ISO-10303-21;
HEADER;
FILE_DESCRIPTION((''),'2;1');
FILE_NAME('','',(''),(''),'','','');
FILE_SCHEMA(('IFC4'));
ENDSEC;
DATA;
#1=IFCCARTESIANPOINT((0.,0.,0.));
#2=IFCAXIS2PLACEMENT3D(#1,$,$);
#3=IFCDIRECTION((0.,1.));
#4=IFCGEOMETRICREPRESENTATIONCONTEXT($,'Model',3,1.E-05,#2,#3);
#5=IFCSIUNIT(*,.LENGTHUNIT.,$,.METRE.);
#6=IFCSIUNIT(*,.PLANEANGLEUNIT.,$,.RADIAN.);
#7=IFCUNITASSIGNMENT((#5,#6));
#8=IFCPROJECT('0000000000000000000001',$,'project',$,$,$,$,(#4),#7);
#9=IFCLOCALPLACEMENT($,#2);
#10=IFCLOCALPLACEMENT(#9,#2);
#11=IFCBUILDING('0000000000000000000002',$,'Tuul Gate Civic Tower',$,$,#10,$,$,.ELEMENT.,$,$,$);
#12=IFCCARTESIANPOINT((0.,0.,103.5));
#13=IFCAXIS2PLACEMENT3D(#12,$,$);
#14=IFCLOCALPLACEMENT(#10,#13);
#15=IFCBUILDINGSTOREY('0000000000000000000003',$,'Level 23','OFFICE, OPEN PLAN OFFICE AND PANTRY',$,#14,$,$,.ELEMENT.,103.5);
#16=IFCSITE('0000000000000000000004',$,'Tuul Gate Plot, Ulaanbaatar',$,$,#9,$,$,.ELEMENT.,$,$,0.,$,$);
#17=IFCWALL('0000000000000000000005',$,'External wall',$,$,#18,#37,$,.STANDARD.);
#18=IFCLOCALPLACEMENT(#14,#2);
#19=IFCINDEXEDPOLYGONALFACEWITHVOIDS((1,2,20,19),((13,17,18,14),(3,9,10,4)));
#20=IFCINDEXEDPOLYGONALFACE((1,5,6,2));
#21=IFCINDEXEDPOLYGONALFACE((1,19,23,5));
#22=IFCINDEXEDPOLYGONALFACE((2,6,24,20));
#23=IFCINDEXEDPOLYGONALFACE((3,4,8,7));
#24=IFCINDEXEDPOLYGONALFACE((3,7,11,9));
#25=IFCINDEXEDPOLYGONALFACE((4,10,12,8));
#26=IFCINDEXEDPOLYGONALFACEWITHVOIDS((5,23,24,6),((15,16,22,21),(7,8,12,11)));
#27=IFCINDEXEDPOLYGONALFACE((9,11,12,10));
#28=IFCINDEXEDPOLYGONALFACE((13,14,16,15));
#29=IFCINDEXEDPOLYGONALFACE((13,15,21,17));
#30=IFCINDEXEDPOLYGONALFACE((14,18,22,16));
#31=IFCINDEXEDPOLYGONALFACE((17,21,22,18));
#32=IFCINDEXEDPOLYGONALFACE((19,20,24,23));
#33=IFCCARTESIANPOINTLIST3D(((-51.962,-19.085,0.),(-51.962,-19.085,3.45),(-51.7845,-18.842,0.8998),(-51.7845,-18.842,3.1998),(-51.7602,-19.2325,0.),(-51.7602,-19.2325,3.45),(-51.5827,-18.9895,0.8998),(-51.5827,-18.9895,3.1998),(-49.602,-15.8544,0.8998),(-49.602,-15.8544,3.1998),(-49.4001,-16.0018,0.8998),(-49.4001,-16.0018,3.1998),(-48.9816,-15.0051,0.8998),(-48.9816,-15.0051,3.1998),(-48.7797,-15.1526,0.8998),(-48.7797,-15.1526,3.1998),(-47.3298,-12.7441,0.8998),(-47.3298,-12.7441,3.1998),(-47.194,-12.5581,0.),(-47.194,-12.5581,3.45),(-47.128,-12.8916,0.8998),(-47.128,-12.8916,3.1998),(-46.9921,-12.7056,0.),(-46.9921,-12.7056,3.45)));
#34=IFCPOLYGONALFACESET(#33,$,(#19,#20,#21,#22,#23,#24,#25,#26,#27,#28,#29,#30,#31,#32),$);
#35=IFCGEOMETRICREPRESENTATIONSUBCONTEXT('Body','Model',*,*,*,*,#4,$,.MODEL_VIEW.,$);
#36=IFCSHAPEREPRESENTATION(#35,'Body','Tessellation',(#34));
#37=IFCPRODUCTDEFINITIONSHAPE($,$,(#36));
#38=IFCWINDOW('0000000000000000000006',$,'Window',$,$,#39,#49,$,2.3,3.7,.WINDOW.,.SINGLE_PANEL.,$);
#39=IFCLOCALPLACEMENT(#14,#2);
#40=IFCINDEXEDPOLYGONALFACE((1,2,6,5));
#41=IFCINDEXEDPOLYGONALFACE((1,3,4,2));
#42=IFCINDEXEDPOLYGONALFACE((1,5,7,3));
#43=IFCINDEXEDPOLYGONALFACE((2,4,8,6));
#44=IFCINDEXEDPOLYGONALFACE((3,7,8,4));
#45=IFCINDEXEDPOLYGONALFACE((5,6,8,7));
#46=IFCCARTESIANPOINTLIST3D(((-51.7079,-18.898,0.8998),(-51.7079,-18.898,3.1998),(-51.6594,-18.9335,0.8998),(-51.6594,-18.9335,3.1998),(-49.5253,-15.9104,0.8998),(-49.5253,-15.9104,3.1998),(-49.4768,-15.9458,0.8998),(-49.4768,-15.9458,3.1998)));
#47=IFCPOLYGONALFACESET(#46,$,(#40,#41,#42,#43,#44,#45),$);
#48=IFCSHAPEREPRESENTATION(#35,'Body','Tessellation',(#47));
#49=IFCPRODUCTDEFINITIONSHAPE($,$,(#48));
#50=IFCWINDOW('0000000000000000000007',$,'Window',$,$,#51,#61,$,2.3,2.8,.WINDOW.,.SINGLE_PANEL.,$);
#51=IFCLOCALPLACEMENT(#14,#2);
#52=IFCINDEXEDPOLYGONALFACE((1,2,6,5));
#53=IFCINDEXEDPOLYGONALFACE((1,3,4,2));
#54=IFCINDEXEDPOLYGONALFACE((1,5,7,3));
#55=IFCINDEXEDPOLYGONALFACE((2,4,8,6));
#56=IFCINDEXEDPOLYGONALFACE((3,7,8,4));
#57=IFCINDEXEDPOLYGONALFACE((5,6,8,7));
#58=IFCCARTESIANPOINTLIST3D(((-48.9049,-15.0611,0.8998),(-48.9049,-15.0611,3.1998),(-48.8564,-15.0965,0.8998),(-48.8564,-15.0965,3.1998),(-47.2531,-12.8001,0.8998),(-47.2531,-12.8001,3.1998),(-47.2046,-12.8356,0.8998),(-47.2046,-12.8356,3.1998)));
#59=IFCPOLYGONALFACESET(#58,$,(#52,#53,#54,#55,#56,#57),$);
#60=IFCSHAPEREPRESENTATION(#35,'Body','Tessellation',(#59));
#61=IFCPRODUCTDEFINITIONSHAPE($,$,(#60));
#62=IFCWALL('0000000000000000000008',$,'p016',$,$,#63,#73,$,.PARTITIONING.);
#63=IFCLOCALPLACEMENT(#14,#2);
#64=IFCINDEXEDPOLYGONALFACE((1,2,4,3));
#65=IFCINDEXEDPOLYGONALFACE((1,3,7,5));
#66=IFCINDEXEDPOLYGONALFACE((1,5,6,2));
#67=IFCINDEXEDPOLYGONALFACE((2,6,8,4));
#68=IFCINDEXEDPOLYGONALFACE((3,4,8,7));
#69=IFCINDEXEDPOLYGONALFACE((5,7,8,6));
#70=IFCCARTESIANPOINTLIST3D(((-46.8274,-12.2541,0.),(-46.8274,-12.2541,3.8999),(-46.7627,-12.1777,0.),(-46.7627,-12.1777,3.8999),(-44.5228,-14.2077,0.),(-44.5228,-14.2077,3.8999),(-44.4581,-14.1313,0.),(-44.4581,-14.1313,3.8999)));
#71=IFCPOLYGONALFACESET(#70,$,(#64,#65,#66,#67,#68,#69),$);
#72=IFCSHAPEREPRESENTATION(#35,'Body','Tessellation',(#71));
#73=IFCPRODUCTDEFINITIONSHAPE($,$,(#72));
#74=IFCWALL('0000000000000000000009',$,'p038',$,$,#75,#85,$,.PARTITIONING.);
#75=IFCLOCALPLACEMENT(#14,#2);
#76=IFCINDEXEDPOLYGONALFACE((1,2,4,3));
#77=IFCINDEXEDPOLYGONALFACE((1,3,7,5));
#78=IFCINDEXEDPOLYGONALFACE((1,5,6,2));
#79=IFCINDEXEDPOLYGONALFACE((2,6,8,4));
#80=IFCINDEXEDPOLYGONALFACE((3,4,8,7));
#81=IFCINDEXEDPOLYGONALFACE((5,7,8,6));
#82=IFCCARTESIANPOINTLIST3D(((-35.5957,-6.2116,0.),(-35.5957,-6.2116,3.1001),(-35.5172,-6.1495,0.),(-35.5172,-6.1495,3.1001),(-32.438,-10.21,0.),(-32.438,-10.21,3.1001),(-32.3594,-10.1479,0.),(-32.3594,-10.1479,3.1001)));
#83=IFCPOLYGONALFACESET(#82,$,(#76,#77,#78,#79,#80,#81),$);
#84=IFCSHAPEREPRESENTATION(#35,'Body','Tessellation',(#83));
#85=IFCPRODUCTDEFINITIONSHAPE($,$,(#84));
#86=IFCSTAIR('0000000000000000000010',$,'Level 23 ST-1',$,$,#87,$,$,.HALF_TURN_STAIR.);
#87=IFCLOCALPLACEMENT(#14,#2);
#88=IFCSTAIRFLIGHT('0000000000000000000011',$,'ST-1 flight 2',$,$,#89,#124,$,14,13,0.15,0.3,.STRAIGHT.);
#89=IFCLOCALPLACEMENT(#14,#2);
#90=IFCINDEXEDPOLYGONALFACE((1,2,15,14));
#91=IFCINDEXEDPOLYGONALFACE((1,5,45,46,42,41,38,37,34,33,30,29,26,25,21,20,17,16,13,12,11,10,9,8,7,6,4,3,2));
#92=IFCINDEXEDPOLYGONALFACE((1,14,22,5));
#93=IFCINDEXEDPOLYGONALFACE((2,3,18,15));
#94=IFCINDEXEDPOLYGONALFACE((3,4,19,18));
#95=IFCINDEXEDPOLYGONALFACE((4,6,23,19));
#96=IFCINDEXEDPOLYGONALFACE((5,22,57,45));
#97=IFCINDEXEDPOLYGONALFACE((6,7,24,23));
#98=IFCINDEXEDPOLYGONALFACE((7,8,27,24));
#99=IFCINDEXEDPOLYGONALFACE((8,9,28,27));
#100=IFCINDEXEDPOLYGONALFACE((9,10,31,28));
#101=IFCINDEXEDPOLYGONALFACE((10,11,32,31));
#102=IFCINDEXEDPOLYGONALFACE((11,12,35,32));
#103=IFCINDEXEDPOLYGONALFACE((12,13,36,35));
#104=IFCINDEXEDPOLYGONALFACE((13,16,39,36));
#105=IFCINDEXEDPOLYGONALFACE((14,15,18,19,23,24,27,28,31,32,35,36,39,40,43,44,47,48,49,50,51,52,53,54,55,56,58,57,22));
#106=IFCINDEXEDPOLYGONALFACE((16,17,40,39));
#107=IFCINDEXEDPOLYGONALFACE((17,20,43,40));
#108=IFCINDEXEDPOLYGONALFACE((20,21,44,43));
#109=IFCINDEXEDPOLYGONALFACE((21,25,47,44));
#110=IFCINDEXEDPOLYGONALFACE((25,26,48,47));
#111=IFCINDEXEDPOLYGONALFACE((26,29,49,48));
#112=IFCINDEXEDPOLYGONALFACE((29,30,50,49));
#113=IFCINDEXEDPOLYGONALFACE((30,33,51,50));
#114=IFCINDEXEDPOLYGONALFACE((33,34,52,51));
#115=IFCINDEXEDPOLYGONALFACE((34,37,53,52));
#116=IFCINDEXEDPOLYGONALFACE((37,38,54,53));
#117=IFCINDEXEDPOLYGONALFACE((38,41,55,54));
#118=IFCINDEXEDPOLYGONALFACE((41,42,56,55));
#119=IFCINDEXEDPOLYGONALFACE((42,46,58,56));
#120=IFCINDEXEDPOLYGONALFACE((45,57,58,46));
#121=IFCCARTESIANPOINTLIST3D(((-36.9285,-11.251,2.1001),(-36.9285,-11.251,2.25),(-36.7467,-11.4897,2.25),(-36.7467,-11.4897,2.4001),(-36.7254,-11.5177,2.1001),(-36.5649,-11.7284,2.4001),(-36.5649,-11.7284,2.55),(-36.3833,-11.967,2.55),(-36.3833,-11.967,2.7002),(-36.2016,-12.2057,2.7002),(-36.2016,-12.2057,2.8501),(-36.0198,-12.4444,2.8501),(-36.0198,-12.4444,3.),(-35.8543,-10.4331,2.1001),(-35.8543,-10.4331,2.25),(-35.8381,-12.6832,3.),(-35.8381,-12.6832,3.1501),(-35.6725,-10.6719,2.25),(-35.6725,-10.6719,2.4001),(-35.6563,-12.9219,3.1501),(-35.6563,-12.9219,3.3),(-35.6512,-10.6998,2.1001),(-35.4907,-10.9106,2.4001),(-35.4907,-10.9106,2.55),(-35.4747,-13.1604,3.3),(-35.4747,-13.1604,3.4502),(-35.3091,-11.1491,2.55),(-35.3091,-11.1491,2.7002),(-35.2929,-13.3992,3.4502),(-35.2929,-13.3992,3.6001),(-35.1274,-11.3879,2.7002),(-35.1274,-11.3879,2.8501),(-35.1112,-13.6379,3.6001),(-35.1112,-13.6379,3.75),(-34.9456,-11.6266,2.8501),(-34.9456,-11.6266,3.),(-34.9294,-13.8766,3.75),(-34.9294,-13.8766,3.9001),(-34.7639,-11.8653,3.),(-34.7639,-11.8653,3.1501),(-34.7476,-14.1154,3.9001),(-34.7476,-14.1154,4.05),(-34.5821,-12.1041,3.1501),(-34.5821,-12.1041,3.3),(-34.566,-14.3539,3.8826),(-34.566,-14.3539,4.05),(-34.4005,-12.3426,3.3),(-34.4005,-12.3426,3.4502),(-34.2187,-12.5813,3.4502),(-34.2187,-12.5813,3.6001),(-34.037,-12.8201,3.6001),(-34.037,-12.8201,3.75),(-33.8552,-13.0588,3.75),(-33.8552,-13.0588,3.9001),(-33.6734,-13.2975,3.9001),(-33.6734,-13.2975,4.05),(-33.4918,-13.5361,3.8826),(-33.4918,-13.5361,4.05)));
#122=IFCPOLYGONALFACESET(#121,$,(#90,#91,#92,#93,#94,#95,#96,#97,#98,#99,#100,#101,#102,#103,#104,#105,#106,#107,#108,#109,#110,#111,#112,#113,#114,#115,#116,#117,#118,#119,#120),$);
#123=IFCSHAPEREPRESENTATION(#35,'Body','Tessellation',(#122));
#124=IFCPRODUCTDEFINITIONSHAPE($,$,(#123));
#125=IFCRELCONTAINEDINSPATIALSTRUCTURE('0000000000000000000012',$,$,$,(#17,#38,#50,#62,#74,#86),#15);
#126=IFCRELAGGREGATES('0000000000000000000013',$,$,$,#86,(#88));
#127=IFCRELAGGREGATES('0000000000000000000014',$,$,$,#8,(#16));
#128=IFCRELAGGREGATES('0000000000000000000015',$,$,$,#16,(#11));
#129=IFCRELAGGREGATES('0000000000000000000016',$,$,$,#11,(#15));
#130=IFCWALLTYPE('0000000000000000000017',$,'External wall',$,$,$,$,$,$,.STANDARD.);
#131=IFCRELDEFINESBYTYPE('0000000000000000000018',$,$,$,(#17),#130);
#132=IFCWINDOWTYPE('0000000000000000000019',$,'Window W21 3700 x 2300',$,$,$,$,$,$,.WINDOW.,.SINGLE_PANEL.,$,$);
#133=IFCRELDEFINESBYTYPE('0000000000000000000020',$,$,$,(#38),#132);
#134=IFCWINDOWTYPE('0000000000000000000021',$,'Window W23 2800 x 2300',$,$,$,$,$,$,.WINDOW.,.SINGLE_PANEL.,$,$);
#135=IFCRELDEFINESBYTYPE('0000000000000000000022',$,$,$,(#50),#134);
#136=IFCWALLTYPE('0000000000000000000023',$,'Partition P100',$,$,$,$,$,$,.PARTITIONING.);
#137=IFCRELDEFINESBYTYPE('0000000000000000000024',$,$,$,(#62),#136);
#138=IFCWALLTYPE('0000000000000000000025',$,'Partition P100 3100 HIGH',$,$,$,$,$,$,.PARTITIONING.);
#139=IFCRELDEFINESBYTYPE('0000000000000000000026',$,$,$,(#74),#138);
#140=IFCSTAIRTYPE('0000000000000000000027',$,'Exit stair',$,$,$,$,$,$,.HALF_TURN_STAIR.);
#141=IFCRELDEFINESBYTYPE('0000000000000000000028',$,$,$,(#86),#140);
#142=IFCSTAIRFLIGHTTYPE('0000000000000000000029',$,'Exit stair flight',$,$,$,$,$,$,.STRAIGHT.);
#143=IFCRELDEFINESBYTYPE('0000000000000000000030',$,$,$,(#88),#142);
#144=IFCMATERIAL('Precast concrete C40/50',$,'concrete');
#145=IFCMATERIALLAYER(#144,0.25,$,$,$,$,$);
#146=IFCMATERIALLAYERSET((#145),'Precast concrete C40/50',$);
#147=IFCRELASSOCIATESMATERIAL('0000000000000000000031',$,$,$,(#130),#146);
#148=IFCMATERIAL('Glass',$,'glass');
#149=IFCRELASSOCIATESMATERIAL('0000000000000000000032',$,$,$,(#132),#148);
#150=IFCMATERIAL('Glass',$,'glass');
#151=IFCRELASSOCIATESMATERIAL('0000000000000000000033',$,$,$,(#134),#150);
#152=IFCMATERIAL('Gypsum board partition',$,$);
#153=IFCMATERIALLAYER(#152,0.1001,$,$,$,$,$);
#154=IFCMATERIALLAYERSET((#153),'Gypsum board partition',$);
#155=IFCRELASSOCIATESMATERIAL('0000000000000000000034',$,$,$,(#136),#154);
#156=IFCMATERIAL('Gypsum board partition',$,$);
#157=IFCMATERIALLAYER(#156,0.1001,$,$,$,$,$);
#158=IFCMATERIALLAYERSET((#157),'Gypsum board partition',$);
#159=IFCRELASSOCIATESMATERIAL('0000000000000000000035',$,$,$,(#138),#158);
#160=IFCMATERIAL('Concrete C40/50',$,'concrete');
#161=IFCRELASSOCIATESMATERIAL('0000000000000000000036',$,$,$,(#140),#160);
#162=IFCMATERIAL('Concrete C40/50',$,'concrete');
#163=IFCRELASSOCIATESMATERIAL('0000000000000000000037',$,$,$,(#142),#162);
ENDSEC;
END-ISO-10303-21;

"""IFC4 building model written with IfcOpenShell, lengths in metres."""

from ifc_helpers import new_model, si_unit, direction, frame, frame_2d, origin, place, context, subcontext, project, spatial, polyline, rectangle, outline, extrude, material, layer, layer_set, type_object, element, fill, aggregate, save


model = new_model("IFC4")

# Units and contexts
model_context = context("Model", 3, precision=1e-05, world=origin(), true_north=direction((0.0, 1.0)))
body_context = subcontext(model_context, "Body", "Model", "MODEL_VIEW")
ifc_project = project(units=[si_unit("LENGTHUNIT", "METRE"), si_unit("PLANEANGLEUNIT", "RADIAN")], contexts=[model_context])

# Site, building, storey
site_placement = place(None, origin())
site = spatial("IfcSite", under=ifc_project, at=site_placement, Name="Tuul Gate Plot, Ulaanbaatar", CompositionType="ELEMENT", RefElevation=0.0)
building_placement = place(site_placement, origin())
building = spatial("IfcBuilding", under=site, at=building_placement, Name="Tuul Gate Civic Tower", CompositionType="ELEMENT")
storey_placement = place(building_placement, frame((0.0, 0.0, 103.5)))
storey = spatial("IfcBuildingStorey", under=building, at=storey_placement, Name="Level 23", Description="OFFICE, OPEN PLAN OFFICE AND PANTRY", CompositionType="ELEMENT", Elevation=103.5)

# Wall, openings, windows
ifc_material_1 = material(Name="Precast concrete C40/50", Category="concrete")
ifc_layer_1 = layer(ifc_material_1, 0.25)
ifc_layer_set_1 = layer_set([ifc_layer_1], Name="Precast concrete C40/50")
wall_type_1 = type_object("IfcWallType", Name="External wall", PredefinedType="STANDARD", material=ifc_layer_set_1)
wall_1_placement = place(storey_placement, frame((-47.093, -12.6318, 0.0), z_axis=(0.0, 0.0, 1.0), x_axis=(-0.589891, -0.807483, 0.0)))
wall_1 = element("IfcWall", 1, at=wall_1_placement, inside=storey, type_object=wall_type_1, Name="External wall", PredefinedType="STANDARD", context=body_context, shape_type="SweptSolid", body=[
    extrude(rectangle(XDim=8.083, YDim=0.25, at=frame_2d((4.0415, 0.0))), origin(), (0.0, 0.0, 1.0), 3.45),
])
opening_1_placement = place(wall_1_placement, frame((0.2305, 0.0, 0.8999)))
opening_1 = element("IfcOpeningElement", 2, at=opening_1_placement, cuts=wall_1, PredefinedType="OPENING", context=body_context, shape_type="SweptSolid", body=[
    extrude(rectangle(XDim=2.8, YDim=2.3, at=frame_2d((1.3999, 1.1499))), frame((0.0, 0.135, 0.0), z_axis=(0.0, -1.0, 0.0), x_axis=(1.0, 0.0, 0.0)), (0.0, 0.0, 1.0), 0.27),
])
opening_2_placement = place(wall_1_placement, frame((4.082, 0.0, 0.8999)))
opening_2 = element("IfcOpeningElement", 3, at=opening_2_placement, cuts=wall_1, PredefinedType="OPENING", context=body_context, shape_type="SweptSolid", body=[
    extrude(rectangle(XDim=3.7, YDim=2.3, at=frame_2d((1.8501, 1.1499))), frame((0.0, 0.135, 0.0), z_axis=(0.0, -1.0, 0.0), x_axis=(1.0, 0.0, 0.0)), (0.0, 0.0, 1.0), 0.27),
])
ifc_material_2 = material(Name="Glass", Category="glass")
window_type_1 = type_object("IfcWindowType", Name="Window W21 3700 x 2300", PartitioningType="SINGLE_PANEL", PredefinedType="WINDOW", material=ifc_material_2)
window_1_placement = place(opening_2_placement, origin())
window_1 = element("IfcWindow", 4, at=window_1_placement, inside=storey, type_object=window_type_1, Name="Window", OverallHeight=2.3, OverallWidth=3.7, PartitioningType="SINGLE_PANEL", PredefinedType="WINDOW", context=body_context, shape_type="SweptSolid", body=[
    extrude(rectangle(XDim=3.7, YDim=2.3, at=frame_2d((1.8501, 1.1499))), frame((0.0, 0.03, 0.0), z_axis=(0.0, -1.0, 0.0), x_axis=(1.0, 0.0, 0.0)), (0.0, 0.0, 1.0), 0.0601),
])
fill(opening_2, window_1)
ifc_material_3 = material(Name="Glass", Category="glass")
window_type_2 = type_object("IfcWindowType", Name="Window W23 2800 x 2300", PartitioningType="SINGLE_PANEL", PredefinedType="WINDOW", material=ifc_material_3)
window_2_placement = place(opening_1_placement, origin())
window_2 = element("IfcWindow", 5, at=window_2_placement, inside=storey, type_object=window_type_2, Name="Window", OverallHeight=2.3, OverallWidth=2.8, PartitioningType="SINGLE_PANEL", PredefinedType="WINDOW", context=body_context, shape_type="SweptSolid", body=[
    extrude(rectangle(XDim=2.8, YDim=2.3, at=frame_2d((1.3999, 1.1499))), frame((0.0, 0.03, 0.0), z_axis=(0.0, -1.0, 0.0), x_axis=(1.0, 0.0, 0.0)), (0.0, 0.0, 1.0), 0.0601),
])
fill(opening_1, window_2)

# Walls
ifc_material_4 = material(Name="Gypsum board partition")
ifc_layer_2 = layer(ifc_material_4, 0.1001)
ifc_layer_set_2 = layer_set([ifc_layer_2], Name="Gypsum board partition")
wall_type_2 = type_object("IfcWallType", Name="Partition P100", PredefinedType="PARTITIONING", material=ifc_layer_set_2)
wall_2_placement = place(storey_placement, frame((-46.7952, -12.2158, 0.0), z_axis=(0.0, 0.0, 1.0), x_axis=(0.762816, -0.646616, 0.0)))
element("IfcWall", 6, at=wall_2_placement, inside=storey, type_object=wall_type_2, Name="p016", PredefinedType="PARTITIONING", context=body_context, shape_type="SweptSolid", body=[
    extrude(rectangle(XDim=3.0212, YDim=0.1001, at=frame_2d((1.5107, 0.0))), origin(), (0.0, 0.0, 1.0), 3.8999),
])
ifc_material_5 = material(Name="Gypsum board partition")
ifc_layer_3 = layer(ifc_material_5, 0.1001)
ifc_layer_set_3 = layer_set([ifc_layer_3], Name="Gypsum board partition")
wall_type_3 = type_object("IfcWallType", Name="Partition P100 3100 HIGH", PredefinedType="PARTITIONING", material=ifc_layer_set_3)
wall_3_placement = place(storey_placement, frame((-35.5564, -6.1807, 0.0), z_axis=(0.0, 0.0, 1.0), x_axis=(0.619786, -0.784771, 0.0)))
element("IfcWall", 7, at=wall_3_placement, inside=storey, type_object=wall_type_3, Name="p038", PredefinedType="PARTITIONING", context=body_context, shape_type="SweptSolid", body=[
    extrude(rectangle(XDim=5.095, YDim=0.1001, at=frame_2d((2.5474, 0.0))), origin(), (0.0, 0.0, 1.0), 3.1001),
])

# Stair, stair flight
ifc_material_6 = material(Name="Concrete C40/50", Category="concrete")
stair_type = type_object("IfcStairType", Name="Exit stair", PredefinedType="HALF_TURN_STAIR", material=ifc_material_6)
stair_placement = place(storey_placement, origin())
stair = element("IfcStair", 8, at=stair_placement, inside=storey, type_object=stair_type, Name="Level 23 ST-1", PredefinedType="HALF_TURN_STAIR")
ifc_material_7 = material(Name="Concrete C40/50", Category="concrete")
stair_flight_type = type_object("IfcStairFlightType", Name="Exit stair flight", PredefinedType="STRAIGHT", material=ifc_material_7)
stair_flight_placement = place(storey_placement, frame((-36.3914, -10.842, 2.1001), z_axis=(0.0, 0.0, 1.0), x_axis=(0.605764, -0.795644, 0.0)))
stair_flight = element("IfcStairFlight", 9, at=stair_flight_placement, type_object=stair_flight_type, Name="ST-1 flight 2", NumberOfRisers=14, NumberOfTreads=13, PredefinedType="STRAIGHT", RiserHeight=0.15, TreadLength=0.3, context=body_context, shape_type="SweptSolid", body=[
    extrude(outline(polyline([(0.0, 0.0), (0.0, 0.1499), (0.3, 0.1499), (0.3, 0.3), (0.6001, 0.3), (0.6001, 0.45), (0.8999, 0.45), (0.8999, 0.6001), (1.2, 0.6001), (1.2, 0.75), (1.5, 0.75), (1.5, 0.8999), (1.8, 0.8999), (1.8, 1.05), (2.1001, 1.05), (2.1001, 1.2), (2.3999, 1.2), (2.3999, 1.3501), (2.7, 1.3501), (2.7, 1.5), (3.0, 1.5), (3.0, 1.6499), (3.3, 1.6499), (3.3, 1.8), (3.6001, 1.8), (3.6001, 1.95), (3.8999, 1.95), (3.8999, 2.1001), (3.8999, 1.7825), (0.3352, 0.0), (0.0, 0.0)])), frame((0.0, 0.675, 0.0), z_axis=(0.0, -1.0, 0.0), x_axis=(1.0, 0.0, 0.0)), (0.0, 0.0, 1.0), 1.3501),
])
aggregate(stair, [stair_flight])

save(model, "model.ifc")
